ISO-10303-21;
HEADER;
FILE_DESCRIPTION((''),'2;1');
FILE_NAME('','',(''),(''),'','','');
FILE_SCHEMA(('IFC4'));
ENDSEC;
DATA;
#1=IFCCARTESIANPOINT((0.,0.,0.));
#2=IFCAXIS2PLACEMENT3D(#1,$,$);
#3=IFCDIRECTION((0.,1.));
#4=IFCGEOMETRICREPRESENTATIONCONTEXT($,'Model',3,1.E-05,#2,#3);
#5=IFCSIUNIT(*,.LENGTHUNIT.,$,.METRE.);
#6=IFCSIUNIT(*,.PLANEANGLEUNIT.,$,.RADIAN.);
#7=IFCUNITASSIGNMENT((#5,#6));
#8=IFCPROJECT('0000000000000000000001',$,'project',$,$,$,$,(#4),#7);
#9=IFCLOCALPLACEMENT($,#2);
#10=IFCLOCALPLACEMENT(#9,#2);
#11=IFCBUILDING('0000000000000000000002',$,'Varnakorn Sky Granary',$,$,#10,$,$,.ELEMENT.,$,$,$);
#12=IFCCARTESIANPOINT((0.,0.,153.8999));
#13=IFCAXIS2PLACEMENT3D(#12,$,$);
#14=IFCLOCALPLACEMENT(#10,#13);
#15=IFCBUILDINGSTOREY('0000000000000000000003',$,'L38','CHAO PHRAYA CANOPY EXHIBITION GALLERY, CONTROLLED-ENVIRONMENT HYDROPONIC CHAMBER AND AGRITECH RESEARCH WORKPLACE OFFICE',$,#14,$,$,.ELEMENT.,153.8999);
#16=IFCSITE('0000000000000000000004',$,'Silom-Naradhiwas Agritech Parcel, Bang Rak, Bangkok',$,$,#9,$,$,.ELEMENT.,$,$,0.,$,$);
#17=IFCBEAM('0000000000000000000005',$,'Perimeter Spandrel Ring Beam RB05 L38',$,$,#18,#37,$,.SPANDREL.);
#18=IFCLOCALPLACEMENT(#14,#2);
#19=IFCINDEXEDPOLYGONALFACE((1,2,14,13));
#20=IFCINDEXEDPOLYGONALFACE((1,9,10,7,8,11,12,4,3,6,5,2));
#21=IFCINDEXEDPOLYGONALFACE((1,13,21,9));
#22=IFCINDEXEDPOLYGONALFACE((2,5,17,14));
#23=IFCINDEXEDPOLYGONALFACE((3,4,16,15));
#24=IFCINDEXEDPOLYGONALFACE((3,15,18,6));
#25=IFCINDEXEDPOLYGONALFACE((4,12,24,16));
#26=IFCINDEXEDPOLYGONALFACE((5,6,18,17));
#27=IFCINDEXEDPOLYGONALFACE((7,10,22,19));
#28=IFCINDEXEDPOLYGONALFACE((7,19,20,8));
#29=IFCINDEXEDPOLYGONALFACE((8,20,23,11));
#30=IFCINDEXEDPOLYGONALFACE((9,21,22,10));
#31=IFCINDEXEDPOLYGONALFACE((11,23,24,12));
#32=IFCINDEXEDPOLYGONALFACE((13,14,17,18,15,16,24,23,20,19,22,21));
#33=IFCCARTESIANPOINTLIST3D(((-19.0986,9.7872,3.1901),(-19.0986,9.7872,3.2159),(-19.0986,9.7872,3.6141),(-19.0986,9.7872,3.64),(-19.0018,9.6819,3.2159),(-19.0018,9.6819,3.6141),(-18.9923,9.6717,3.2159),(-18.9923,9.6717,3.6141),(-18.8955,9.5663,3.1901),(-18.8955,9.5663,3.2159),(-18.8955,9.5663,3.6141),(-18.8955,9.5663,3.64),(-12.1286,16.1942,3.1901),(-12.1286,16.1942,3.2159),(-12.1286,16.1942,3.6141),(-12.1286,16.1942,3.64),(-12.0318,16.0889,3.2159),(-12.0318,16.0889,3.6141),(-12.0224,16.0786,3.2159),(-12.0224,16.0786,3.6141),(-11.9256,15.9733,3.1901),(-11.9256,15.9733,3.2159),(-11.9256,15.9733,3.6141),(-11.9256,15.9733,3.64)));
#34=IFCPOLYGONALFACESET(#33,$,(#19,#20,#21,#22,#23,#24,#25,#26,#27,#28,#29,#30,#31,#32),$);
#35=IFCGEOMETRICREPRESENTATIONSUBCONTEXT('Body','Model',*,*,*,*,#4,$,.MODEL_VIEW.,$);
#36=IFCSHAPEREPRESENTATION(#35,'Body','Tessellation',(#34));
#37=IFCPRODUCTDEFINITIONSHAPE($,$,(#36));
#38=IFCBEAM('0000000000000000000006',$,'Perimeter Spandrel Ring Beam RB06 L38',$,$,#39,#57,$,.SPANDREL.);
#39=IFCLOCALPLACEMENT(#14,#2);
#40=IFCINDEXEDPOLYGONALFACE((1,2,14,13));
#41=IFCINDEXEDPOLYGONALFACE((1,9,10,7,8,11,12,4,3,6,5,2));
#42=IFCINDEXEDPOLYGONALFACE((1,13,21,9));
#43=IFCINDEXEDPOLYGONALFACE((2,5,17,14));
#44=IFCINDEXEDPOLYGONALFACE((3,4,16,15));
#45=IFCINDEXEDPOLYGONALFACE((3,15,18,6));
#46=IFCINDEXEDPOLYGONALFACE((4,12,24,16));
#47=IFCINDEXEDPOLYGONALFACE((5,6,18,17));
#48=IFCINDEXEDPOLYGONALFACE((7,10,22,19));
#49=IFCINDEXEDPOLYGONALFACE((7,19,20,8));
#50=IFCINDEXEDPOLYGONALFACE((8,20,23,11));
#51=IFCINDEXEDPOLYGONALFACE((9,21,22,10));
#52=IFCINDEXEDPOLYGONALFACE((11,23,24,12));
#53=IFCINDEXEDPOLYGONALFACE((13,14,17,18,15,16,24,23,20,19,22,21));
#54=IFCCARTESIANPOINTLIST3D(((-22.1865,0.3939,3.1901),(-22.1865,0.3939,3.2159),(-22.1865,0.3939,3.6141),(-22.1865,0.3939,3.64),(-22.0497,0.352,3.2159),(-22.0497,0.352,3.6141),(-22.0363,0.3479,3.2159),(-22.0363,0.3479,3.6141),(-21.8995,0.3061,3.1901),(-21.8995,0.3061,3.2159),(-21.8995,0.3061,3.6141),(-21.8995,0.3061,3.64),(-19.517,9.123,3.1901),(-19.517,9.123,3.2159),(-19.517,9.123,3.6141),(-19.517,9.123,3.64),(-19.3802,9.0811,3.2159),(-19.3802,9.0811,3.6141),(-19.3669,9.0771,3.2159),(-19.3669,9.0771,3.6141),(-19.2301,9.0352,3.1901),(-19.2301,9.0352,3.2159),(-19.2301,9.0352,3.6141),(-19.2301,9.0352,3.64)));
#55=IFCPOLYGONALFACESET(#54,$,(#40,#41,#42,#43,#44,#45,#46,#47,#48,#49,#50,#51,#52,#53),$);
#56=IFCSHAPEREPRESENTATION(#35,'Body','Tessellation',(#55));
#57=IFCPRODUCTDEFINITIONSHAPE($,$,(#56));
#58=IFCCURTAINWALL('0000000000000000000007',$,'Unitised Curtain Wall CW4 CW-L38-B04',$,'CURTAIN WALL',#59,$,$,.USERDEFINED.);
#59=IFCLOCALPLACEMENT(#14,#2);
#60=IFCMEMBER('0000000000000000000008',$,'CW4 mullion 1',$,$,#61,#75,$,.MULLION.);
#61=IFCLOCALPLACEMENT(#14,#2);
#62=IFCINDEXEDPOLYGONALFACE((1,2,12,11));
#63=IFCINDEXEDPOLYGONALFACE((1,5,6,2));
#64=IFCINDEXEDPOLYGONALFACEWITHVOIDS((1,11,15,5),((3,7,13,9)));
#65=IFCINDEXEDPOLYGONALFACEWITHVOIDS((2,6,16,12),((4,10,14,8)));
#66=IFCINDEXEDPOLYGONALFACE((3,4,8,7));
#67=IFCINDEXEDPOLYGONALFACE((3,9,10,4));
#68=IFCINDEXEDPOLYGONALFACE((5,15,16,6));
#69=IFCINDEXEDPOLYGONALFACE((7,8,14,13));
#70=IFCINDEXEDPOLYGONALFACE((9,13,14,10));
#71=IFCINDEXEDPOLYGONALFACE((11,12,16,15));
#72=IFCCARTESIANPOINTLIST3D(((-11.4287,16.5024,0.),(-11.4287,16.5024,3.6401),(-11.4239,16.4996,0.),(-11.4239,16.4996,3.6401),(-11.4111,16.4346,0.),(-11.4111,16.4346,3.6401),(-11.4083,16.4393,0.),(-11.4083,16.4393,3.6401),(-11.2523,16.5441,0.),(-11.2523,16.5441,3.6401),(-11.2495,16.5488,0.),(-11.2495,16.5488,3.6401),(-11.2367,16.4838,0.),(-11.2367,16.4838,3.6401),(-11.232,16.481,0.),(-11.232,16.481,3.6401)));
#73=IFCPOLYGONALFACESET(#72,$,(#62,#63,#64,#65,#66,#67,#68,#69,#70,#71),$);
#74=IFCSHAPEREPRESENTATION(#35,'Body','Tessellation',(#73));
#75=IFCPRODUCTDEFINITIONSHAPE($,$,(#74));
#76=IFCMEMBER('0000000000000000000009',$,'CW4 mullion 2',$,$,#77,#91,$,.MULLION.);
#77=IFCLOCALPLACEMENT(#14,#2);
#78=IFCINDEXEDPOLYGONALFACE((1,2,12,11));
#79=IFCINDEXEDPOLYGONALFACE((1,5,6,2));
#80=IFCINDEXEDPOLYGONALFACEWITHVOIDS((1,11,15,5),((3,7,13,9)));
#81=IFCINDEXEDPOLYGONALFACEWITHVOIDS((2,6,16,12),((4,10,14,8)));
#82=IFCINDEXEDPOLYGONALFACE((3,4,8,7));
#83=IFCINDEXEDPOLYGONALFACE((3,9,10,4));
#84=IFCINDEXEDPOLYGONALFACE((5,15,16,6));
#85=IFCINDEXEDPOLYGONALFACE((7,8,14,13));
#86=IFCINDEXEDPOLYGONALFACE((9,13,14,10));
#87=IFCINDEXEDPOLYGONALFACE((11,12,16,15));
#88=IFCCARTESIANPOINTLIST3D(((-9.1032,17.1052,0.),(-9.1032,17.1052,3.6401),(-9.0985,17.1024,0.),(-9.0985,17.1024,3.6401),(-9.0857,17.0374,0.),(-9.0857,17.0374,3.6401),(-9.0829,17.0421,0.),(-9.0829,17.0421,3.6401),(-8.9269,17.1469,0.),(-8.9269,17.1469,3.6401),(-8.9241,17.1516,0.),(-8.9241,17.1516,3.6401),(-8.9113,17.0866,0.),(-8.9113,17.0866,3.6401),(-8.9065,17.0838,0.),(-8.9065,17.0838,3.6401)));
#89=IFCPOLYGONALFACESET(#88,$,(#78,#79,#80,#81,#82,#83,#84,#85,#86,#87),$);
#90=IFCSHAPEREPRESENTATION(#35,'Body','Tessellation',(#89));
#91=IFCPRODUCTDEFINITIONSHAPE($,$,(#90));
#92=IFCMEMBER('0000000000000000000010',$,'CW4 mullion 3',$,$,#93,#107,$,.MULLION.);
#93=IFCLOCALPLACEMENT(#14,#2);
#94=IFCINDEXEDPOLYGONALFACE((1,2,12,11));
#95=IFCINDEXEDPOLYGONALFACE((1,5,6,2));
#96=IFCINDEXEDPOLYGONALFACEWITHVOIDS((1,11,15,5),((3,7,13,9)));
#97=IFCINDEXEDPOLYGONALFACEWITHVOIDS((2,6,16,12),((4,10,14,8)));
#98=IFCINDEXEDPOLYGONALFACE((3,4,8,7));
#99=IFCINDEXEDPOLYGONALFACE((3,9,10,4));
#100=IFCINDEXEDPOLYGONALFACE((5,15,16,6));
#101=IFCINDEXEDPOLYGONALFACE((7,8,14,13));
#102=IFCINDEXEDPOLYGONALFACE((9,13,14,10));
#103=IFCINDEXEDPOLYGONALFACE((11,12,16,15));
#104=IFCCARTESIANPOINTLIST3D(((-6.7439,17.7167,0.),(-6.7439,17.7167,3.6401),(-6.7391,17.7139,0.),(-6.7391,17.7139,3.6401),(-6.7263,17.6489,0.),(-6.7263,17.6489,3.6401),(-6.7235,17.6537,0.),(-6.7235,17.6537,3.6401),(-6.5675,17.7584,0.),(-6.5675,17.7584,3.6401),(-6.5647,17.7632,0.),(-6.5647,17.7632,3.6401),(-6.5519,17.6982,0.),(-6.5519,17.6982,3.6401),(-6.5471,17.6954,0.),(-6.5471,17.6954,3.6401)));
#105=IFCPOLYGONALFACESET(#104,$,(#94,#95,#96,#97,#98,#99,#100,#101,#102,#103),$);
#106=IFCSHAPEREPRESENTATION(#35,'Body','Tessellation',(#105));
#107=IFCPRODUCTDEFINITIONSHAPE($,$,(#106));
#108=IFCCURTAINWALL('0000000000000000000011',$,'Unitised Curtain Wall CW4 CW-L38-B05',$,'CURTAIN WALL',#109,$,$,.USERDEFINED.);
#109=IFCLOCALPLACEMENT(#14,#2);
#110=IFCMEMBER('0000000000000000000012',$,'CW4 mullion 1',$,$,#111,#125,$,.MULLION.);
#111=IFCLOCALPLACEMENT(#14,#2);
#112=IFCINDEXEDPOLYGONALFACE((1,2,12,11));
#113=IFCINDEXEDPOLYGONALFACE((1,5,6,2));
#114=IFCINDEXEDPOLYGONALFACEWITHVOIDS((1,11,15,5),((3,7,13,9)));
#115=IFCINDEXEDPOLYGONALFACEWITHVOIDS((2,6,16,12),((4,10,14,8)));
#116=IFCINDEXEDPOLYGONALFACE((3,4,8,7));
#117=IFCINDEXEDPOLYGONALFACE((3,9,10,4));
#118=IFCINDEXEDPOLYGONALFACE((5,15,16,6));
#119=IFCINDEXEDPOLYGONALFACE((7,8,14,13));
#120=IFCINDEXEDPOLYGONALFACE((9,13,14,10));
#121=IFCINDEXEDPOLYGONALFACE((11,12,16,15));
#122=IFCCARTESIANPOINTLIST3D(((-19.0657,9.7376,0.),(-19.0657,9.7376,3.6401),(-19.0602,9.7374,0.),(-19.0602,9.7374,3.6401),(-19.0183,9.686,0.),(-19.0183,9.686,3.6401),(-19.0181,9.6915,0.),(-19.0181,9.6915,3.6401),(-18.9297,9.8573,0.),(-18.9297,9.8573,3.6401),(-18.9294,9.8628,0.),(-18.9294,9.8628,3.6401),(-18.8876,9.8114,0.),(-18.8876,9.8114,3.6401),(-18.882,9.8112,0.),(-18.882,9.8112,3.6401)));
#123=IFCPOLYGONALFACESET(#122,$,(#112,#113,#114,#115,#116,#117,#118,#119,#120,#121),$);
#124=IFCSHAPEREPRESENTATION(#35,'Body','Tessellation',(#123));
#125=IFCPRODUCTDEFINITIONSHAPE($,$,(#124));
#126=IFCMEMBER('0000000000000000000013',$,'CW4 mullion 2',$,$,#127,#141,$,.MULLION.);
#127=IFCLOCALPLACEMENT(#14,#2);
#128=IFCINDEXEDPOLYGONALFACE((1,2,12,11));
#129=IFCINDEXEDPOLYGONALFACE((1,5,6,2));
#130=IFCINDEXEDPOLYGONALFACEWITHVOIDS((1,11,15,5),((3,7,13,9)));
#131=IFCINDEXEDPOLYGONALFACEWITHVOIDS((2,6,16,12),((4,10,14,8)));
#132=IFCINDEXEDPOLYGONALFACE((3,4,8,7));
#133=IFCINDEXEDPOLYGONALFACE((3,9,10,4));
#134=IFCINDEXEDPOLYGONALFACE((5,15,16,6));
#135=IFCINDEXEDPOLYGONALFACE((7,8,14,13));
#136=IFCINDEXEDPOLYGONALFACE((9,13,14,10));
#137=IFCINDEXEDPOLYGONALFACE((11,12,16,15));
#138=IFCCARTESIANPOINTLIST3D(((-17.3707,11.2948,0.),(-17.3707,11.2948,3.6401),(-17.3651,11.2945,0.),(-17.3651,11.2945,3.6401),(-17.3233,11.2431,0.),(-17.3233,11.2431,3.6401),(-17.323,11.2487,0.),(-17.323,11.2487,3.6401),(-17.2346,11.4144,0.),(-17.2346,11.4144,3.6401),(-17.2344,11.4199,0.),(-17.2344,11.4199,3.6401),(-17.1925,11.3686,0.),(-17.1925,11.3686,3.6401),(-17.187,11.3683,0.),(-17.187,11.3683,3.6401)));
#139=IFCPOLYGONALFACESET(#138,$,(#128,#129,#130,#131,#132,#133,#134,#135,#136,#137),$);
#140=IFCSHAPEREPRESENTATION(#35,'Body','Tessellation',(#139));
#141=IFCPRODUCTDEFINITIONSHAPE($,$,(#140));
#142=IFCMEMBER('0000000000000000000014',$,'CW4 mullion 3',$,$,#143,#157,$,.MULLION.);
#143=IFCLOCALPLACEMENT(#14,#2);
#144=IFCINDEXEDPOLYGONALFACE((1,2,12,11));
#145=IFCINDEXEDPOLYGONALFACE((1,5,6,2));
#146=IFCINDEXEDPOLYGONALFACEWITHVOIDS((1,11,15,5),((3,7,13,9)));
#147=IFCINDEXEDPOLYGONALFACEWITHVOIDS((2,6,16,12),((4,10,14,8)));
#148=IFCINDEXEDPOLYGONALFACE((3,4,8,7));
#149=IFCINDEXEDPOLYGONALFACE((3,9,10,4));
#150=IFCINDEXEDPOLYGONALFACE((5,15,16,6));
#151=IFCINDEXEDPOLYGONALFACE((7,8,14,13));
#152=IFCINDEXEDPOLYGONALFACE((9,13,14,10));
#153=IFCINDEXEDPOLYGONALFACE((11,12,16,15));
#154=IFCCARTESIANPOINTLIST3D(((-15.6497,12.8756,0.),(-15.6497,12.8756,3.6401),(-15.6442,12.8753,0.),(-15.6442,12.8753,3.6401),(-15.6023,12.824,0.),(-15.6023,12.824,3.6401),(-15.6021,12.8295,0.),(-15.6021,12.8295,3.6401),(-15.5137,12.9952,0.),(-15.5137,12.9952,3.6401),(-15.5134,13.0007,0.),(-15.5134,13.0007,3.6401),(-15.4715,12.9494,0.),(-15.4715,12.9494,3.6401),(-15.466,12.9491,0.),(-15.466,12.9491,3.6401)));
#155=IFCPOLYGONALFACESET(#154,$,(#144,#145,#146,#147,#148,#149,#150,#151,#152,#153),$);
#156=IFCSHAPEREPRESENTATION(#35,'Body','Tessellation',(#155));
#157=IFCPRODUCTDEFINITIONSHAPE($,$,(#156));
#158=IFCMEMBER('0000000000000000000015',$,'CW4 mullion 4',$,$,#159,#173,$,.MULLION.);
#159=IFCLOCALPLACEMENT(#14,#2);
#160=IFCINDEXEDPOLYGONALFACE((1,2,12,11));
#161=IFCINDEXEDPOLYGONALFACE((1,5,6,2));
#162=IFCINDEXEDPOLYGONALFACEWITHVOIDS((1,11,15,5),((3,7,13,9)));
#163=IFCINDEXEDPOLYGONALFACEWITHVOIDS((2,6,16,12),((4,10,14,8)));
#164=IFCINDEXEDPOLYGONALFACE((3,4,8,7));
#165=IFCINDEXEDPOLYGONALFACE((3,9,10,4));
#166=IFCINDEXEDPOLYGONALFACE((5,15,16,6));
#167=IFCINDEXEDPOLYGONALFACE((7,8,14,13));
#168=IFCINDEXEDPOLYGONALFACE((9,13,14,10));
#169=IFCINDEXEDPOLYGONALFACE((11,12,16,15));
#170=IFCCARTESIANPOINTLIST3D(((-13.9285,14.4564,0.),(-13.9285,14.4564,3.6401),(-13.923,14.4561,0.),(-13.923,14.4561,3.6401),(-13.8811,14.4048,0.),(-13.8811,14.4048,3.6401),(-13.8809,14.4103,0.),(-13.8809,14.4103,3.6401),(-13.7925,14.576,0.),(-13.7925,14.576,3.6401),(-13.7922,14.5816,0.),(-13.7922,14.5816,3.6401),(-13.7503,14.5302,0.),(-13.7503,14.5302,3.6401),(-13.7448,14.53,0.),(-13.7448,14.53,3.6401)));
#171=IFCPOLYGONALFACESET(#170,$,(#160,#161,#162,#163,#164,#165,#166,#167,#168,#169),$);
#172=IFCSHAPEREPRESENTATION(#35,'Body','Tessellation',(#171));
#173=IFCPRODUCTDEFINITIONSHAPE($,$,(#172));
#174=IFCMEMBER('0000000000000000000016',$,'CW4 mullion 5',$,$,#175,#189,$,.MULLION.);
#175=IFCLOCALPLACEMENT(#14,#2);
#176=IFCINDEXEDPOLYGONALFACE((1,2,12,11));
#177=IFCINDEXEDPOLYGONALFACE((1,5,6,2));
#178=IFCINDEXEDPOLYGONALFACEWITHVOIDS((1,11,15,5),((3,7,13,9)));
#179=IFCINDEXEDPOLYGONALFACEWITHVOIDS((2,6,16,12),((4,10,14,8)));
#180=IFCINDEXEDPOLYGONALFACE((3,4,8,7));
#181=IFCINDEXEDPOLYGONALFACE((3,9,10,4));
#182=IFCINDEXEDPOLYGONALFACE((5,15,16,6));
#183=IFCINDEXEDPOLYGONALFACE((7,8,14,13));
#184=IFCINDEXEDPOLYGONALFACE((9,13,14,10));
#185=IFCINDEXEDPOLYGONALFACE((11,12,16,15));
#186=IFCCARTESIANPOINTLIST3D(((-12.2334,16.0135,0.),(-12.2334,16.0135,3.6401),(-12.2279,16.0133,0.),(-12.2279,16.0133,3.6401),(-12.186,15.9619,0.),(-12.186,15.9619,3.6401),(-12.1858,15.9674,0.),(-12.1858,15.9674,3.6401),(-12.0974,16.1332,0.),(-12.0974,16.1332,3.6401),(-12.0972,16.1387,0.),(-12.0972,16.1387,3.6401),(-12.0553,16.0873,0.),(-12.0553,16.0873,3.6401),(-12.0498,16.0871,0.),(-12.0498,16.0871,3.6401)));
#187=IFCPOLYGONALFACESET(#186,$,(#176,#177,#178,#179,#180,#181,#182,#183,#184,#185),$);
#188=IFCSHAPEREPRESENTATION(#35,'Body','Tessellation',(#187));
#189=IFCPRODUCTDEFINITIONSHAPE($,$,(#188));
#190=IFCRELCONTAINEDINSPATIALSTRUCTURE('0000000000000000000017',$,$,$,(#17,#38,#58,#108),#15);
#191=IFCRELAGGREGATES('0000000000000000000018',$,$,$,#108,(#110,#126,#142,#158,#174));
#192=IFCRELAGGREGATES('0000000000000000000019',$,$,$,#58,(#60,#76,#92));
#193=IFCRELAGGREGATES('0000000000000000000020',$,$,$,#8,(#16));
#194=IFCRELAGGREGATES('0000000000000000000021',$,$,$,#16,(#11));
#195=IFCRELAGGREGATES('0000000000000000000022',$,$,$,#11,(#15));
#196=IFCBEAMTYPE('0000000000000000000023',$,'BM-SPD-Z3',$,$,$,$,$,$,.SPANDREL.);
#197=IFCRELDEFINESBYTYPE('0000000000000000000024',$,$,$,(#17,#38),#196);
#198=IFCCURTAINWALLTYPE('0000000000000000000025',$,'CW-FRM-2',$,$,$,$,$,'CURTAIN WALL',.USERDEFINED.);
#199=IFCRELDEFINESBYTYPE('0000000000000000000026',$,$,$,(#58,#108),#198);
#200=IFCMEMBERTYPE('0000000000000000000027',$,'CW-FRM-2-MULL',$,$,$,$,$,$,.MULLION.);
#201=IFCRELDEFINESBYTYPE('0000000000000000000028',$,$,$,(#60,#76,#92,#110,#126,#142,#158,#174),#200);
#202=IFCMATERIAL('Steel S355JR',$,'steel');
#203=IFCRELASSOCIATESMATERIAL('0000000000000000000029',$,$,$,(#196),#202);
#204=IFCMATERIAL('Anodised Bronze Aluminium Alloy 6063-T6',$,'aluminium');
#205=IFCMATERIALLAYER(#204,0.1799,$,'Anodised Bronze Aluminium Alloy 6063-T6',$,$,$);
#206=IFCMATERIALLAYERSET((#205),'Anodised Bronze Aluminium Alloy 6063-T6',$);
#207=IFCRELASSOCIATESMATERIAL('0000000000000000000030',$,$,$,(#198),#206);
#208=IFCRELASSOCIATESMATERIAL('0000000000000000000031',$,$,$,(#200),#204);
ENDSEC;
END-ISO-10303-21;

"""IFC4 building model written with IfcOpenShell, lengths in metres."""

from ifc_helpers import new_model, si_unit, direction, frame, origin, origin_2d, place, context, subcontext, project, spatial, hollow_rectangle, i_section, extrude, material, layer, layer_set, material_profile, profile_set, type_object, element, aggregate, save


model = new_model("IFC4")

# Units and contexts
model_context = context("Model", 3, precision=1e-05, world=origin(), true_north=direction((0.0, 1.0)))
body_context = subcontext(model_context, "Body", "Model", "MODEL_VIEW")
ifc_project = project(units=[si_unit("LENGTHUNIT", "METRE"), si_unit("PLANEANGLEUNIT", "RADIAN")], contexts=[model_context])

# Site, building, storey
site_placement = place(None, origin())
site = spatial("IfcSite", under=ifc_project, at=site_placement, Name="Silom-Naradhiwas Agritech Parcel, Bang Rak, Bangkok", CompositionType="ELEMENT", RefElevation=0.0)
building_placement = place(site_placement, origin())
building = spatial("IfcBuilding", under=site, at=building_placement, Name="Varnakorn Sky Granary", CompositionType="ELEMENT")
storey_placement = place(building_placement, frame((0.0, 0.0, 153.8999)))
storey = spatial("IfcBuildingStorey", under=building, at=storey_placement, Name="L38", Description="CHAO PHRAYA CANOPY EXHIBITION GALLERY, CONTROLLED-ENVIRONMENT HYDROPONIC CHAMBER AND AGRITECH RESEARCH WORKPLACE OFFICE", CompositionType="ELEMENT", Elevation=153.8999)

# Beams
ifc_material_1 = material(Name="Steel S355JR", Category="steel")
ifc_material_profile_1 = material_profile(ifc_material_1, i_section(OverallWidth=0.3, OverallDepth=0.45, WebThickness=0.0139, FlangeThickness=0.0259, at=origin_2d()), Name="HE 450 B")
ifc_profile_set_1 = profile_set([ifc_material_profile_1], Name="Steel S355JR")
beam_type_1 = type_object("IfcBeamType", Name="BM-SPD-Z3", PredefinedType="SPANDREL", material=ifc_profile_set_1)
beam_1_placement = place(storey_placement, frame((-12.0271, 16.0837, 3.415), z_axis=(-0.736215, -0.676748, 0.0), x_axis=(0.676748, -0.736215, 0.0)))
element("IfcBeam", 1, at=beam_1_placement, inside=storey, type_object=beam_type_1, Name="Perimeter Spandrel Ring Beam RB05 L38", PredefinedType="SPANDREL", context=body_context, shape_type="SweptSolid", body=[
    extrude(i_section(OverallWidth=0.3, OverallDepth=0.45, WebThickness=0.0139, FlangeThickness=0.0259, at=origin_2d()), origin(), (0.0, 0.0, 1.0), 9.4673),
])
beam_2_placement = place(storey_placement, frame((-19.3735, 9.0791, 3.415), z_axis=(-0.292443, -0.956283, 0.0), x_axis=(0.956283, -0.292443, 0.0)))
element("IfcBeam", 2, at=beam_2_placement, inside=storey, type_object=beam_type_1, Name="Perimeter Spandrel Ring Beam RB06 L38", PredefinedType="SPANDREL", context=body_context, shape_type="SweptSolid", body=[
    extrude(i_section(OverallWidth=0.3, OverallDepth=0.45, WebThickness=0.0139, FlangeThickness=0.0259, at=origin_2d()), origin(), (0.0, 0.0, 1.0), 9.1282),
])

# Curtain walls, members
ifc_material_2 = material(Name="Anodised Bronze Aluminium Alloy 6063-T6", Category="aluminium")
ifc_layer_1 = layer(ifc_material_2, 0.1799, Name="Anodised Bronze Aluminium Alloy 6063-T6")
ifc_layer_set_1 = layer_set([ifc_layer_1], Name="Anodised Bronze Aluminium Alloy 6063-T6")
curtain_wall_type = type_object("IfcCurtainWallType", Name="CW-FRM-2", ElementType="CURTAIN WALL", PredefinedType="USERDEFINED", material=ifc_layer_set_1)
curtain_wall_1_placement = place(storey_placement, origin())
curtain_wall_1 = element("IfcCurtainWall", 3, at=curtain_wall_1_placement, inside=storey, type_object=curtain_wall_type, Name="Unitised Curtain Wall CW4 CW-L38-B04", ObjectType="CURTAIN WALL", PredefinedType="USERDEFINED")
ifc_material_profile_2 = material_profile(ifc_material_2, hollow_rectangle(XDim=0.0701, YDim=0.1851, WallThickness=0.0039, at=origin_2d()), Name="ALU MULL 70x185")
ifc_profile_set_2 = profile_set([ifc_material_profile_2], Name="Anodised Bronze Aluminium Alloy 6063-T6")
member_type_1 = type_object("IfcMemberType", Name="CW-FRM-2-MULL", PredefinedType="MULLION", material=ifc_profile_set_2)
member_1_placement = place(storey_placement, frame((-11.3303, 16.4917, 0.0), z_axis=(0.0, 0.0, 1.0), x_axis=(-0.250935, 0.968004, 0.0)))
member_1 = element("IfcMember", 4, at=member_1_placement, type_object=member_type_1, Name="CW4 mullion 1", PredefinedType="MULLION", context=body_context, shape_type="SweptSolid", body=[
    extrude(hollow_rectangle(XDim=0.0701, YDim=0.1851, WallThickness=0.0039, at=origin_2d()), origin(), (0.0, 0.0, 1.0), 3.6401),
])
member_2_placement = place(storey_placement, frame((-9.0049, 17.0945, 0.0), z_axis=(0.0, 0.0, 1.0), x_axis=(-0.250935, 0.968004, 0.0)))
member_2 = element("IfcMember", 5, at=member_2_placement, type_object=member_type_1, Name="CW4 mullion 2", PredefinedType="MULLION", context=body_context, shape_type="SweptSolid", body=[
    extrude(hollow_rectangle(XDim=0.0701, YDim=0.1851, WallThickness=0.0039, at=origin_2d()), origin(), (0.0, 0.0, 1.0), 3.6401),
])
member_3_placement = place(storey_placement, frame((-6.6455, 17.7061, 0.0), z_axis=(0.0, 0.0, 1.0), x_axis=(-0.250935, 0.968004, 0.0)))
member_3 = element("IfcMember", 6, at=member_3_placement, type_object=member_type_1, Name="CW4 mullion 3", PredefinedType="MULLION", context=body_context, shape_type="SweptSolid", body=[
    extrude(hollow_rectangle(XDim=0.0701, YDim=0.1851, WallThickness=0.0039, at=origin_2d()), origin(), (0.0, 0.0, 1.0), 3.6401),
])
curtain_wall_2_placement = place(storey_placement, origin())
curtain_wall_2 = element("IfcCurtainWall", 7, at=curtain_wall_2_placement, inside=storey, type_object=curtain_wall_type, Name="Unitised Curtain Wall CW4 CW-L38-B05", ObjectType="CURTAIN WALL", PredefinedType="USERDEFINED")
member_4_placement = place(storey_placement, frame((-18.9739, 9.7744, 0.0), z_axis=(0.0, 0.0, 1.0), x_axis=(-0.676472, 0.736469, 0.0)))
member_4 = element("IfcMember", 8, at=member_4_placement, type_object=member_type_1, Name="CW4 mullion 1", PredefinedType="MULLION", context=body_context, shape_type="SweptSolid", body=[
    extrude(hollow_rectangle(XDim=0.0701, YDim=0.1851, WallThickness=0.0039, at=origin_2d()), origin(), (0.0, 0.0, 1.0), 3.6401),
])
member_5_placement = place(storey_placement, frame((-17.2788, 11.3315, 0.0), z_axis=(0.0, 0.0, 1.0), x_axis=(-0.676472, 0.736469, 0.0)))
member_5 = element("IfcMember", 9, at=member_5_placement, type_object=member_type_1, Name="CW4 mullion 2", PredefinedType="MULLION", context=body_context, shape_type="SweptSolid", body=[
    extrude(hollow_rectangle(XDim=0.0701, YDim=0.1851, WallThickness=0.0039, at=origin_2d()), origin(), (0.0, 0.0, 1.0), 3.6401),
])
member_6_placement = place(storey_placement, frame((-15.5579, 12.9124, 0.0), z_axis=(0.0, 0.0, 1.0), x_axis=(-0.676472, 0.736469, 0.0)))
member_6 = element("IfcMember", 10, at=member_6_placement, type_object=member_type_1, Name="CW4 mullion 3", PredefinedType="MULLION", context=body_context, shape_type="SweptSolid", body=[
    extrude(hollow_rectangle(XDim=0.0701, YDim=0.1851, WallThickness=0.0039, at=origin_2d()), origin(), (0.0, 0.0, 1.0), 3.6401),
])
member_7_placement = place(storey_placement, frame((-13.8367, 14.4932, 0.0), z_axis=(0.0, 0.0, 1.0), x_axis=(-0.676472, 0.736469, 0.0)))
member_7 = element("IfcMember", 11, at=member_7_placement, type_object=member_type_1, Name="CW4 mullion 4", PredefinedType="MULLION", context=body_context, shape_type="SweptSolid", body=[
    extrude(hollow_rectangle(XDim=0.0701, YDim=0.1851, WallThickness=0.0039, at=origin_2d()), origin(), (0.0, 0.0, 1.0), 3.6401),
])
member_8_placement = place(storey_placement, frame((-12.1416, 16.0503, 0.0), z_axis=(0.0, 0.0, 1.0), x_axis=(-0.676472, 0.736469, 0.0)))
member_8 = element("IfcMember", 12, at=member_8_placement, type_object=member_type_1, Name="CW4 mullion 5", PredefinedType="MULLION", context=body_context, shape_type="SweptSolid", body=[
    extrude(hollow_rectangle(XDim=0.0701, YDim=0.1851, WallThickness=0.0039, at=origin_2d()), origin(), (0.0, 0.0, 1.0), 3.6401),
])

aggregate(curtain_wall_2, [member_4, member_5, member_6, member_7, member_8])
aggregate(curtain_wall_1, [member_1, member_2, member_3])

save(model, "model.ifc")
